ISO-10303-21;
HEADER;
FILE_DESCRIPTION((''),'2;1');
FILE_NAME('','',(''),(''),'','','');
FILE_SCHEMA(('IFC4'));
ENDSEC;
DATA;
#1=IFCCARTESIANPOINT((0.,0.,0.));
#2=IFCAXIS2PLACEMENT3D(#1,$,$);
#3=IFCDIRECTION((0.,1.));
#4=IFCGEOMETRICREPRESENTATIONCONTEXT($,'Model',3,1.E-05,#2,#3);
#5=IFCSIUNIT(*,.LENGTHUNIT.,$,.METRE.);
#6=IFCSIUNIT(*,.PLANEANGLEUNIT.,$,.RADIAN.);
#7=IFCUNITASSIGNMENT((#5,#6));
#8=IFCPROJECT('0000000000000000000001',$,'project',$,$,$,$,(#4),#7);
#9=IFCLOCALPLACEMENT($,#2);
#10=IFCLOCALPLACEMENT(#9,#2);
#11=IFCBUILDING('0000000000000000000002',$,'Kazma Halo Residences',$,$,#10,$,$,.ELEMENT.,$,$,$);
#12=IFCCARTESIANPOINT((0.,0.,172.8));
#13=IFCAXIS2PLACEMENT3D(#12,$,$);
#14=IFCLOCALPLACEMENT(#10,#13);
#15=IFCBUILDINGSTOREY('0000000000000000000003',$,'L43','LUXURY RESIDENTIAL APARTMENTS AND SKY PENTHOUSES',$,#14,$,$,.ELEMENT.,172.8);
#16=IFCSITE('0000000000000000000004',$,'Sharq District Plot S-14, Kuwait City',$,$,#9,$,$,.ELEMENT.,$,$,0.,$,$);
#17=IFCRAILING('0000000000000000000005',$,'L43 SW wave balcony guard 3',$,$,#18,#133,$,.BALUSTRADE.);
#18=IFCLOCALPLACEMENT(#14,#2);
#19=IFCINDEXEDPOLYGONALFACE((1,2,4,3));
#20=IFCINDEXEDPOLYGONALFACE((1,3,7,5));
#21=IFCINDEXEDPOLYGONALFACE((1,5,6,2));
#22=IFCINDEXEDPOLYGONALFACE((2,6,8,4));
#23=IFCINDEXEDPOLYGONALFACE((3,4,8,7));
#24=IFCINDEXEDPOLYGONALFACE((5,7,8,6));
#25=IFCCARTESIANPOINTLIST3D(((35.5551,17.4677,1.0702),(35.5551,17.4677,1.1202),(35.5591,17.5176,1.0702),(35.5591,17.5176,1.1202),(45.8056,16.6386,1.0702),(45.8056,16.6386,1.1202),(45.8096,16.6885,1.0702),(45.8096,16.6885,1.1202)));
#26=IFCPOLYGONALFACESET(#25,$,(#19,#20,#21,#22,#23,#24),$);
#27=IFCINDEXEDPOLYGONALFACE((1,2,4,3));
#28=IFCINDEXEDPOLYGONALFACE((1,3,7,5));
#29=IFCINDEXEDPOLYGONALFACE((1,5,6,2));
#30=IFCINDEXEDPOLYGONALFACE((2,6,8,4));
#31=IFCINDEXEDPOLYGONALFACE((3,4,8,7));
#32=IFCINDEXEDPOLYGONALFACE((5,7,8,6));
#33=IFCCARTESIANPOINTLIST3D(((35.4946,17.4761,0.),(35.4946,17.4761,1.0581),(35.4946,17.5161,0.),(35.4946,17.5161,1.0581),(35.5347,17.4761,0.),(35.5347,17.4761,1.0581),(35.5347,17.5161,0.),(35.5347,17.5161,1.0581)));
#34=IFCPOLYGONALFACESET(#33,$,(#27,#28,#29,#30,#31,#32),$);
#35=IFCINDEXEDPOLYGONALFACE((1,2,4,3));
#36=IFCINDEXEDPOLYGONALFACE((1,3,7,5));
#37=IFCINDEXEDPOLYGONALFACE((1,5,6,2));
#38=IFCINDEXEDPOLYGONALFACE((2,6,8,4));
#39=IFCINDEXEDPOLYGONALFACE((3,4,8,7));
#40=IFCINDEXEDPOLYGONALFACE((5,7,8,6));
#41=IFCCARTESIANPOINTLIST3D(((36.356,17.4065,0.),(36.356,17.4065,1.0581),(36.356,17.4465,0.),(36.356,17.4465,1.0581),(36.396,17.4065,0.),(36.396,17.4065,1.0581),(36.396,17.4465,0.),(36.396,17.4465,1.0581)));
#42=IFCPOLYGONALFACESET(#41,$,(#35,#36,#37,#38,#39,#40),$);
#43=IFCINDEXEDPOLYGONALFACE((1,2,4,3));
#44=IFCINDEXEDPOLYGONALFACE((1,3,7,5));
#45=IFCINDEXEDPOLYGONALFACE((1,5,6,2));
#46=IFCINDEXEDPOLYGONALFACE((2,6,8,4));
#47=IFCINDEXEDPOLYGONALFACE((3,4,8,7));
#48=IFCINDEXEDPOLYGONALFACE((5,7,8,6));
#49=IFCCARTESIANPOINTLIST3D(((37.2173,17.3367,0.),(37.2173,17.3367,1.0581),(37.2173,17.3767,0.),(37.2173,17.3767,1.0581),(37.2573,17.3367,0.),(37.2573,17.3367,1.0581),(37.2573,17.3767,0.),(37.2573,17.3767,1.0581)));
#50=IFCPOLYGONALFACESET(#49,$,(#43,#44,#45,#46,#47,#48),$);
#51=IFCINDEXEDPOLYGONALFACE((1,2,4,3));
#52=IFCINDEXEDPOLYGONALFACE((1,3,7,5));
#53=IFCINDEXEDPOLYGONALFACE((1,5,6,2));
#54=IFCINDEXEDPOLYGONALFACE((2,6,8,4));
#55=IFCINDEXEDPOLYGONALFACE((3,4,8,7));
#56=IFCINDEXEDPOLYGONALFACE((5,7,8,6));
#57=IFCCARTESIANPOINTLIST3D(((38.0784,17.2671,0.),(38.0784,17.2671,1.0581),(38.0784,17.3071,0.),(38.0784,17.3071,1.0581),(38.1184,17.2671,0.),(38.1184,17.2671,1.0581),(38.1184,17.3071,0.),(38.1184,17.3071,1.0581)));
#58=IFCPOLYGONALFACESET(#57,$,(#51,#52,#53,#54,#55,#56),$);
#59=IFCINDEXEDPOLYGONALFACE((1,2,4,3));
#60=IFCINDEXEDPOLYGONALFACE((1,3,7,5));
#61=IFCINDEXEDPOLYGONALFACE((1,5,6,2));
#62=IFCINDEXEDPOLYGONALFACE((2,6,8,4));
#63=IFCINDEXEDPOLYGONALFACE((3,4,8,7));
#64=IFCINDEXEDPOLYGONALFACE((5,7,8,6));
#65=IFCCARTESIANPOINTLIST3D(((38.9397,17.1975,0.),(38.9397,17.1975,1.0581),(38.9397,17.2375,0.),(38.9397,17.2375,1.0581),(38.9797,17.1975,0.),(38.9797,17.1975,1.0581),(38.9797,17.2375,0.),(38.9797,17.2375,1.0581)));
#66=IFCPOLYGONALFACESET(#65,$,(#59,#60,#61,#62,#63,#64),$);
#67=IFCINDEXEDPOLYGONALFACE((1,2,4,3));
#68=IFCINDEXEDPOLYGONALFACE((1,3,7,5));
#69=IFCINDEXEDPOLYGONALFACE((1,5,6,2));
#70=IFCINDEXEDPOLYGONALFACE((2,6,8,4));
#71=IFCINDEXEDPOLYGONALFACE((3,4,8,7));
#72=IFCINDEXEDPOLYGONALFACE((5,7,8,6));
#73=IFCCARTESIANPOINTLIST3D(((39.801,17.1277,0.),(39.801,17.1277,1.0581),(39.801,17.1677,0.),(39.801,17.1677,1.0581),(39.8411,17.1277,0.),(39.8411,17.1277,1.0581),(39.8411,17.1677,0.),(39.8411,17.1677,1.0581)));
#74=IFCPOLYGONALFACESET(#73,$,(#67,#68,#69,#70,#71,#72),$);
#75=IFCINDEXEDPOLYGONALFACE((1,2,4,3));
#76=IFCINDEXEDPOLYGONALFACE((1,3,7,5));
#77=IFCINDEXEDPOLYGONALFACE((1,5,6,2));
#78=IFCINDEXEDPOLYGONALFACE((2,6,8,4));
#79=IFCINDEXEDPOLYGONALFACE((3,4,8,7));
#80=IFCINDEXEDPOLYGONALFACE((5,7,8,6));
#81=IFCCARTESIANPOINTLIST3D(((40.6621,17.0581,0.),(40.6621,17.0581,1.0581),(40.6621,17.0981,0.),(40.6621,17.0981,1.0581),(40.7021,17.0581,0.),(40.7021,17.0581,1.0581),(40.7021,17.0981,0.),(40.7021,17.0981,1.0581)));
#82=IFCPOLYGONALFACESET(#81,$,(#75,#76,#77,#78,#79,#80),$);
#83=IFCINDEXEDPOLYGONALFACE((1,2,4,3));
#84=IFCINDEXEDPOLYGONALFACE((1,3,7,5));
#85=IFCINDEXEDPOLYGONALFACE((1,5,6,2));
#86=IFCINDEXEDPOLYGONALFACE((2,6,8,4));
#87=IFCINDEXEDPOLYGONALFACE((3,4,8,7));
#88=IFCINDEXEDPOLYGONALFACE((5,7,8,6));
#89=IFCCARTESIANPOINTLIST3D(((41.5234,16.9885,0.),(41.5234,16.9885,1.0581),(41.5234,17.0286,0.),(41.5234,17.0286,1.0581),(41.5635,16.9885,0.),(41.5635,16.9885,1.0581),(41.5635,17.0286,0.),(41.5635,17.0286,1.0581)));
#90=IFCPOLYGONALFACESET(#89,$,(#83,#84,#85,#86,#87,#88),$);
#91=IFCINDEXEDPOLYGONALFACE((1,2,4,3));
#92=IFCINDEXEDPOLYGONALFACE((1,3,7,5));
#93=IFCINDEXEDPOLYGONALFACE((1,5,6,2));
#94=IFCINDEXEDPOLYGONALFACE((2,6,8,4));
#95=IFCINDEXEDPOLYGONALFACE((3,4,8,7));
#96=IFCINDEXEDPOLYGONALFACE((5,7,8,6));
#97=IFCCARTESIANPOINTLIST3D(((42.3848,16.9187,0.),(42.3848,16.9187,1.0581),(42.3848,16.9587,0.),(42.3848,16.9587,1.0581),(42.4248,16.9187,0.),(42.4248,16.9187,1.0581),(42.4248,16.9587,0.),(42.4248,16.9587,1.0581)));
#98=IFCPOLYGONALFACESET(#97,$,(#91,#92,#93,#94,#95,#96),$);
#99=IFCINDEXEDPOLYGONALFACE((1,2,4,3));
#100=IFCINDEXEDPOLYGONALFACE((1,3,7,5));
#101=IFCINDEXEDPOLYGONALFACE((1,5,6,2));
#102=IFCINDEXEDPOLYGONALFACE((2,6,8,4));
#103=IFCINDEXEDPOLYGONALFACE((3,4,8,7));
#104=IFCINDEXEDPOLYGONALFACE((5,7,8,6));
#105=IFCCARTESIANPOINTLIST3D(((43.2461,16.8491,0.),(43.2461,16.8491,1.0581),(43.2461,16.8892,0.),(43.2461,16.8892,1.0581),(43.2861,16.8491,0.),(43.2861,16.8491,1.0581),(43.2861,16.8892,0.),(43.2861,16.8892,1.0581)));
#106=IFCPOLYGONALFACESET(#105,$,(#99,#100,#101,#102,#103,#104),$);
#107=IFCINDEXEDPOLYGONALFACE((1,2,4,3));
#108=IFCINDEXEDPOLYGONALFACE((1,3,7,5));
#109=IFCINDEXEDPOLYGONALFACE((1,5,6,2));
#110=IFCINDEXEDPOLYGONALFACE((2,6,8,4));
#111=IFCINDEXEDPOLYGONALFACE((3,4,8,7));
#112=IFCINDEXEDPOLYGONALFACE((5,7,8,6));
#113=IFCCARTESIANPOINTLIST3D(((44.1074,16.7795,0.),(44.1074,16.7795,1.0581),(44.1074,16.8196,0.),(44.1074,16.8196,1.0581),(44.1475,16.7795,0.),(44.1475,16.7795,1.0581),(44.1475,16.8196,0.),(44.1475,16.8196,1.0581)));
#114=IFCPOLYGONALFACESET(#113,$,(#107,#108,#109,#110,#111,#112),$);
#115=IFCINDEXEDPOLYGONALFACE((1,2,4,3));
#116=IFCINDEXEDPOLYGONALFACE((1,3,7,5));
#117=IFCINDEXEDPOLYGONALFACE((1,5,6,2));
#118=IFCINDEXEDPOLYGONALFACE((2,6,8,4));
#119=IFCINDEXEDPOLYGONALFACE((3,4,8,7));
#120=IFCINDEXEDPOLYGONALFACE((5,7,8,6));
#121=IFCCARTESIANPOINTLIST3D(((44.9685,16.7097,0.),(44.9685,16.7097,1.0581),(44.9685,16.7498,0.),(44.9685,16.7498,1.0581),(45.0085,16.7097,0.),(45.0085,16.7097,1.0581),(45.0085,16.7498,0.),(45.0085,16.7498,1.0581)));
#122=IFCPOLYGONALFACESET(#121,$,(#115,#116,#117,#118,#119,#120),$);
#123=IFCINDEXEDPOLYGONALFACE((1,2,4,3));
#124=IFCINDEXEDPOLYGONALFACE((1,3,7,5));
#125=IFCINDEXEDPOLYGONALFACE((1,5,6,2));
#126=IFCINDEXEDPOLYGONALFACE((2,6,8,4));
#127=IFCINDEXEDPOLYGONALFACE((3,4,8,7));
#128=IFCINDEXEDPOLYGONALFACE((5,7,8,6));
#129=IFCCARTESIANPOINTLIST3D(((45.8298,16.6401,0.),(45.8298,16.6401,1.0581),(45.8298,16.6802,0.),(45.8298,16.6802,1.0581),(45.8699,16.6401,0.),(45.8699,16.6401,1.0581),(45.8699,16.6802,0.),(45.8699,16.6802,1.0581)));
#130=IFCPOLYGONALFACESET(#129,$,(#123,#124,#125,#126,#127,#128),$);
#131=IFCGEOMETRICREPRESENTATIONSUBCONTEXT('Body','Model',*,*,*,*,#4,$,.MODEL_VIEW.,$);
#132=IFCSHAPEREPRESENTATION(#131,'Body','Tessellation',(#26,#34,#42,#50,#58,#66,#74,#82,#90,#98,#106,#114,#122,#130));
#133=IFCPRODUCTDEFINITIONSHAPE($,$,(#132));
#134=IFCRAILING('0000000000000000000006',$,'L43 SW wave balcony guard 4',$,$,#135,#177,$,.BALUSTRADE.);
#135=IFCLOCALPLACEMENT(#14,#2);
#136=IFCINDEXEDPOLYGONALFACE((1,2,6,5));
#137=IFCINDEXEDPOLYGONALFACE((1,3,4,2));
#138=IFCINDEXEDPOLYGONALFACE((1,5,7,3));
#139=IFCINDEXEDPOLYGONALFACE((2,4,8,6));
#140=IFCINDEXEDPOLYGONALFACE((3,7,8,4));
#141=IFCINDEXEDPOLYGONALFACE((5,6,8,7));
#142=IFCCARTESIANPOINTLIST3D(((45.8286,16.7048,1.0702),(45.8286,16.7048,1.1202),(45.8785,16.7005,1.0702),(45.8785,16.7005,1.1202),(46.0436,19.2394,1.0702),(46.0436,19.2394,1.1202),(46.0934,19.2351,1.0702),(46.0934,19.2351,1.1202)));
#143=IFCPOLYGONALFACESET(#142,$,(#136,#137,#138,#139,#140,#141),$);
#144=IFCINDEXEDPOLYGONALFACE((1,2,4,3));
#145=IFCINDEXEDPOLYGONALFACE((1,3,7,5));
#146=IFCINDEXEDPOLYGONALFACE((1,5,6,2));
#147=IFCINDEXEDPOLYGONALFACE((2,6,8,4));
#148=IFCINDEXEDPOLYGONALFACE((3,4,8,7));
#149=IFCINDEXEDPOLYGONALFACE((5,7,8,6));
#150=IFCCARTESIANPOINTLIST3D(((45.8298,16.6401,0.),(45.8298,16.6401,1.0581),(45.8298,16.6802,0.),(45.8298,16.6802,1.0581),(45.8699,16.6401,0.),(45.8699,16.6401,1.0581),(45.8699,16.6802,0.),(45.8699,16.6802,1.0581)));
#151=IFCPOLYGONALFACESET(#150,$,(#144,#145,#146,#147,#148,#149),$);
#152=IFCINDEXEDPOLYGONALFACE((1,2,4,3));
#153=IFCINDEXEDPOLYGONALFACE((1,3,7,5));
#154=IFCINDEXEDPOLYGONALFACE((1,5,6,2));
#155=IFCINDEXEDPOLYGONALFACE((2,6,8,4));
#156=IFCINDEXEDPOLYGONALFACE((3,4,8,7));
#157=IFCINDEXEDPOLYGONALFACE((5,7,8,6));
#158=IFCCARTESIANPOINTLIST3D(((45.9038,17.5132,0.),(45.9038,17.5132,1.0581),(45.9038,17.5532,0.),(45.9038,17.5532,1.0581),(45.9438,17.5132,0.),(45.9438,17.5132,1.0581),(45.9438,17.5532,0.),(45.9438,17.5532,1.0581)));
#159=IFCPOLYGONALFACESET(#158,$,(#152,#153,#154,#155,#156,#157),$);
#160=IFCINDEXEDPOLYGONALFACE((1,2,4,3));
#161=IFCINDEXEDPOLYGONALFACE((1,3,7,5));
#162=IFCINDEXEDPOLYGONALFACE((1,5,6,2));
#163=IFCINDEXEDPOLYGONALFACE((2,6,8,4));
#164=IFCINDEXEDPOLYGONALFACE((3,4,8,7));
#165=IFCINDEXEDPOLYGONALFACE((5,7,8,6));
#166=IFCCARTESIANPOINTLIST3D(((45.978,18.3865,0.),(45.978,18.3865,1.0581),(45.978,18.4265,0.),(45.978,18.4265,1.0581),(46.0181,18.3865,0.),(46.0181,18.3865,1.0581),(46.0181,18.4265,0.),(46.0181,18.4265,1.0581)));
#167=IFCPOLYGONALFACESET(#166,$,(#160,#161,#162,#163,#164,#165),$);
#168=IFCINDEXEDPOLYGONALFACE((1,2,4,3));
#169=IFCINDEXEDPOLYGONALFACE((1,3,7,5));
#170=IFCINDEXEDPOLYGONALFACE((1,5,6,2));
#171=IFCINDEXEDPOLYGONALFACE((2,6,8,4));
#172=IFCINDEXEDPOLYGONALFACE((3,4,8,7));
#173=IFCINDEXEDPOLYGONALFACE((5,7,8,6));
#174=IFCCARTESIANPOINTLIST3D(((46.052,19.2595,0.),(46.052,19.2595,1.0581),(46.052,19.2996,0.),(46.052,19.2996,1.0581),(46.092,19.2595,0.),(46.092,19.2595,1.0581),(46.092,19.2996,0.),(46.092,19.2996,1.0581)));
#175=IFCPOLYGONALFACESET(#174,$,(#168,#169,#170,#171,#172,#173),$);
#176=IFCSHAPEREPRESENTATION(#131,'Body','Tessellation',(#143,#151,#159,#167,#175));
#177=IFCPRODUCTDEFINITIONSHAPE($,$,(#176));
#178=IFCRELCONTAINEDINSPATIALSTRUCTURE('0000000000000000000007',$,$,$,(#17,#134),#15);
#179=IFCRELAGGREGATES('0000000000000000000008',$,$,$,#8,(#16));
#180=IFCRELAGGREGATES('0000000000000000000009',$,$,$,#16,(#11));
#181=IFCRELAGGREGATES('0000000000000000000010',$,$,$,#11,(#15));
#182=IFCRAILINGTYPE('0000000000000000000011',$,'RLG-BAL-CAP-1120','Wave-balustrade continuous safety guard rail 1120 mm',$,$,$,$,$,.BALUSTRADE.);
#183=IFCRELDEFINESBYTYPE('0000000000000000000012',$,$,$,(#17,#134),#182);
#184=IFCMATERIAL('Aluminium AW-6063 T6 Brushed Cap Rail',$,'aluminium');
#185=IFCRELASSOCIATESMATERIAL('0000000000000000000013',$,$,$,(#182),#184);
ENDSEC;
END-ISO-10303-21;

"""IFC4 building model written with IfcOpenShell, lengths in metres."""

from ifc_helpers import new_model, si_unit, direction, frame, origin, origin_2d, place, context, subcontext, project, spatial, rectangle, extrude, material, type_object, element, save


model = new_model("IFC4")

# Units and contexts
model_context = context("Model", 3, precision=1e-05, world=origin(), true_north=direction((0.0, 1.0)))
body_context = subcontext(model_context, "Body", "Model", "MODEL_VIEW")
ifc_project = project(units=[si_unit("LENGTHUNIT", "METRE"), si_unit("PLANEANGLEUNIT", "RADIAN")], contexts=[model_context])

# Site, building, storey
site_placement = place(None, origin())
site = spatial("IfcSite", under=ifc_project, at=site_placement, Name="Sharq District Plot S-14, Kuwait City", CompositionType="ELEMENT", RefElevation=0.0)
building_placement = place(site_placement, origin())
building = spatial("IfcBuilding", under=site, at=building_placement, Name="Kazma Halo Residences", CompositionType="ELEMENT")
storey_placement = place(building_placement, frame((0.0, 0.0, 172.8)))
storey = spatial("IfcBuildingStorey", under=building, at=storey_placement, Name="L43", Description="LUXURY RESIDENTIAL APARTMENTS AND SKY PENTHOUSES", CompositionType="ELEMENT", Elevation=172.8)

# Railings
ifc_material_1 = material(Name="Aluminium AW-6063 T6 Brushed Cap Rail", Category="aluminium")
railing_type = type_object("IfcRailingType", Name="RLG-BAL-CAP-1120", Description="Wave-balustrade continuous safety guard rail 1120 mm", PredefinedType="BALUSTRADE", material=ifc_material_1)
railing_1_placement = place(storey_placement, frame((35.5146, 17.4961, 0.0)))
element("IfcRailing", 1, at=railing_1_placement, inside=storey, type_object=railing_type, Name="L43 SW wave balcony guard 3", PredefinedType="BALUSTRADE", context=body_context, shape_type="SweptSolid", body=[
    extrude(rectangle(XDim=0.05, YDim=0.05, at=origin_2d()), frame((0.0425, -0.0034, 1.0952), z_axis=(0.996745, -0.080619, 0.0), x_axis=(0.080619, 0.996745, 0.0)), (0.0, 0.0, 1.0), 10.2839),
    extrude(rectangle(XDim=0.04, YDim=0.04, at=origin_2d()), origin(), (0.0, 0.0, 1.0), 1.0581),
    extrude(rectangle(XDim=0.04, YDim=0.04, at=origin_2d()), frame((0.8613, -0.0696, 0.0)), (0.0, 0.0, 1.0), 1.0581),
    extrude(rectangle(XDim=0.04, YDim=0.04, at=origin_2d()), frame((1.7227, -0.1394, 0.0)), (0.0, 0.0, 1.0), 1.0581),
    extrude(rectangle(XDim=0.04, YDim=0.04, at=origin_2d()), frame((2.5837, -0.209, 0.0)), (0.0, 0.0, 1.0), 1.0581),
    extrude(rectangle(XDim=0.04, YDim=0.04, at=origin_2d()), frame((3.4451, -0.2786, 0.0)), (0.0, 0.0, 1.0), 1.0581),
    extrude(rectangle(XDim=0.04, YDim=0.04, at=origin_2d()), frame((4.3064, -0.3484, 0.0)), (0.0, 0.0, 1.0), 1.0581),
    extrude(rectangle(XDim=0.04, YDim=0.04, at=origin_2d()), frame((5.1675, -0.418, 0.0)), (0.0, 0.0, 1.0), 1.0581),
    extrude(rectangle(XDim=0.04, YDim=0.04, at=origin_2d()), frame((6.0288, -0.4875, 0.0)), (0.0, 0.0, 1.0), 1.0581),
    extrude(rectangle(XDim=0.04, YDim=0.04, at=origin_2d()), frame((6.8901, -0.5574, 0.0)), (0.0, 0.0, 1.0), 1.0581),
    extrude(rectangle(XDim=0.04, YDim=0.04, at=origin_2d()), frame((7.7515, -0.627, 0.0)), (0.0, 0.0, 1.0), 1.0581),
    extrude(rectangle(XDim=0.04, YDim=0.04, at=origin_2d()), frame((8.6128, -0.6965, 0.0)), (0.0, 0.0, 1.0), 1.0581),
    extrude(rectangle(XDim=0.04, YDim=0.04, at=origin_2d()), frame((9.4739, -0.7664, 0.0)), (0.0, 0.0, 1.0), 1.0581),
    extrude(rectangle(XDim=0.04, YDim=0.04, at=origin_2d()), frame((10.3352, -0.8359, 0.0)), (0.0, 0.0, 1.0), 1.0581),
])
railing_2_placement = place(storey_placement, frame((45.8499, 16.6602, 0.0)))
element("IfcRailing", 2, at=railing_2_placement, inside=storey, type_object=railing_type, Name="L43 SW wave balcony guard 4", PredefinedType="BALUSTRADE", context=body_context, shape_type="SweptSolid", body=[
    extrude(rectangle(XDim=0.05, YDim=0.05, at=origin_2d()), frame((0.0037, 0.0425, 1.0952), z_axis=(0.084513, 0.996422, 0.0), x_axis=(-0.996422, 0.084513, 0.0)), (0.0, 0.0, 1.0), 2.5437),
    extrude(rectangle(XDim=0.04, YDim=0.04, at=origin_2d()), origin(), (0.0, 0.0, 1.0), 1.0581),
    extrude(rectangle(XDim=0.04, YDim=0.04, at=origin_2d()), frame((0.074, 0.873, 0.0)), (0.0, 0.0, 1.0), 1.0581),
    extrude(rectangle(XDim=0.04, YDim=0.04, at=origin_2d()), frame((0.1482, 1.7463, 0.0)), (0.0, 0.0, 1.0), 1.0581),
    extrude(rectangle(XDim=0.04, YDim=0.04, at=origin_2d()), frame((0.2222, 2.6194, 0.0)), (0.0, 0.0, 1.0), 1.0581),
])

save(model, "model.ifc")
